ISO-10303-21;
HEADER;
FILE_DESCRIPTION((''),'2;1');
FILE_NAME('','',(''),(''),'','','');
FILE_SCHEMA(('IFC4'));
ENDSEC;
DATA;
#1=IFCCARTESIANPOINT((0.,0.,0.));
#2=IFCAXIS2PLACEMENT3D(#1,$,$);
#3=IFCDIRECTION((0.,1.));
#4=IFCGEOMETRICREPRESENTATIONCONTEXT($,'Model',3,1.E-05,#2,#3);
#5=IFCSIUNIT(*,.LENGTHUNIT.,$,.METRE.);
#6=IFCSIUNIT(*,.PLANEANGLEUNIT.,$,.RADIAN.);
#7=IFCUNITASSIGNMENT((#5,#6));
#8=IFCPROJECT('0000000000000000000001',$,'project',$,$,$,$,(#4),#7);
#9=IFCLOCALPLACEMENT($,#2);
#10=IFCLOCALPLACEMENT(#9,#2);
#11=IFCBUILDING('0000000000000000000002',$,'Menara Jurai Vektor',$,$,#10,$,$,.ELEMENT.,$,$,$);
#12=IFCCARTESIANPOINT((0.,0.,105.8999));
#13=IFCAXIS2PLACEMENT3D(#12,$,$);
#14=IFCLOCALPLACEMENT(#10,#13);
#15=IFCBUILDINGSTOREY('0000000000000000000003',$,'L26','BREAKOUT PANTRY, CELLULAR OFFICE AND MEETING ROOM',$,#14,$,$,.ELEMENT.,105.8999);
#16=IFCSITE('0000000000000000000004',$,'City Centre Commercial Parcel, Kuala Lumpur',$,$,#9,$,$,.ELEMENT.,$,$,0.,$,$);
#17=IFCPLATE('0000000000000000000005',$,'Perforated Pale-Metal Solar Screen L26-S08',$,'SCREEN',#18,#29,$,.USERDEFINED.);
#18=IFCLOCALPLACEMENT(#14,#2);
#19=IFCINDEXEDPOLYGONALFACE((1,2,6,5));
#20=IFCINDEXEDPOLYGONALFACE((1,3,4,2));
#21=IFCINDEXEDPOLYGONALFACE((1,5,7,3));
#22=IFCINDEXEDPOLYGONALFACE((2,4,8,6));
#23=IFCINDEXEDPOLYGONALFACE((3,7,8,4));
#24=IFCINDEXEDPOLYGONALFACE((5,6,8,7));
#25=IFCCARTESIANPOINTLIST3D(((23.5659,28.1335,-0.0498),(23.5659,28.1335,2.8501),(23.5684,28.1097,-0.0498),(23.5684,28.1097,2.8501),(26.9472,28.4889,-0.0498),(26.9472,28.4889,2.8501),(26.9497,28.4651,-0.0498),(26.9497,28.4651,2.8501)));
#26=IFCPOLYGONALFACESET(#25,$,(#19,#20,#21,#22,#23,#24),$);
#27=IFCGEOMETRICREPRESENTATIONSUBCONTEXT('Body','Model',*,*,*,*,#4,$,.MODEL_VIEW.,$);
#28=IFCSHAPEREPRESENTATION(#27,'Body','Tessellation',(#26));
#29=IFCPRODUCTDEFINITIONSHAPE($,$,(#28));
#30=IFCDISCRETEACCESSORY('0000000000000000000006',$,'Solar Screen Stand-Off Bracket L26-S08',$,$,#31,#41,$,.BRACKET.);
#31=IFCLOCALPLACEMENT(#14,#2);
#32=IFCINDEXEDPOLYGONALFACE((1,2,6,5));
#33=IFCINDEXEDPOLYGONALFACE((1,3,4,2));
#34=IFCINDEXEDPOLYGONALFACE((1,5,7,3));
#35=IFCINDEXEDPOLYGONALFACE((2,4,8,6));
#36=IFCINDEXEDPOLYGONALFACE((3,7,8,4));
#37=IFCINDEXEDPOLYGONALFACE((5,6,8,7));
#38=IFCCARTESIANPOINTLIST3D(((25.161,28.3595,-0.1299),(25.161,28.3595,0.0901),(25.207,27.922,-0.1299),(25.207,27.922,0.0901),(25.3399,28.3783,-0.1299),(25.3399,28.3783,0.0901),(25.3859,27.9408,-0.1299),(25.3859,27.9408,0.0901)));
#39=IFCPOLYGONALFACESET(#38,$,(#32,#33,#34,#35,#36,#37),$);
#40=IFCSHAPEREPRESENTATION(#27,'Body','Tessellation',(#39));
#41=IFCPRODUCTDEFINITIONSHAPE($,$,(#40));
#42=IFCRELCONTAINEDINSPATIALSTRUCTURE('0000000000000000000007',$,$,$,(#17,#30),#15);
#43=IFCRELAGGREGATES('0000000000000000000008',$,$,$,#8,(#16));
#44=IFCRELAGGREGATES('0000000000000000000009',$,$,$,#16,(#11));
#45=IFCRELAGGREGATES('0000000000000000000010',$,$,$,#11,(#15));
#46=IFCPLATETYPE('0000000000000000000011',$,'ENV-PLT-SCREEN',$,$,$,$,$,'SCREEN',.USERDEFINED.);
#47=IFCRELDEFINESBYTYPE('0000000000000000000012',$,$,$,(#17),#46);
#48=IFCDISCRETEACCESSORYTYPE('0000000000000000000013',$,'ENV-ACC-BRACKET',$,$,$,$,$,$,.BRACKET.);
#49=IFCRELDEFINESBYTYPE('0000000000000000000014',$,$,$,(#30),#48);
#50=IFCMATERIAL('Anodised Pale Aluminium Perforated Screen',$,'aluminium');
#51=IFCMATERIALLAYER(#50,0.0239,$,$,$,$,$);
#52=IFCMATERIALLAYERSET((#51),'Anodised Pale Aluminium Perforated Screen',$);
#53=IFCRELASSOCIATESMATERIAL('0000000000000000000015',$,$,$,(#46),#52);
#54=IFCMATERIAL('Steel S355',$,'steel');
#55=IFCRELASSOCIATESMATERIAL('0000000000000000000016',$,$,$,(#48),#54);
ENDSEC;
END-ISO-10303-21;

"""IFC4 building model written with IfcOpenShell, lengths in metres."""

from ifc_helpers import new_model, si_unit, direction, frame, origin, origin_2d, place, context, subcontext, project, spatial, rectangle, extrude, material, layer, layer_set, type_object, element, save


model = new_model("IFC4")

# Units and contexts
model_context = context("Model", 3, precision=1e-05, world=origin(), true_north=direction((0.0, 1.0)))
body_context = subcontext(model_context, "Body", "Model", "MODEL_VIEW")
ifc_project = project(units=[si_unit("LENGTHUNIT", "METRE"), si_unit("PLANEANGLEUNIT", "RADIAN")], contexts=[model_context])

# Site, building, storey
site_placement = place(None, origin())
site = spatial("IfcSite", under=ifc_project, at=site_placement, Name="City Centre Commercial Parcel, Kuala Lumpur", CompositionType="ELEMENT", RefElevation=0.0)
building_placement = place(site_placement, origin())
building = spatial("IfcBuilding", under=site, at=building_placement, Name="Menara Jurai Vektor", CompositionType="ELEMENT")
storey_placement = place(building_placement, frame((0.0, 0.0, 105.8999)))
storey = spatial("IfcBuildingStorey", under=building, at=storey_placement, Name="L26", Description="BREAKOUT PANTRY, CELLULAR OFFICE AND MEETING ROOM", CompositionType="ELEMENT", Elevation=105.8999)

# Shared definitions
ifc_material_1 = material(Name="Steel S355", Category="steel")

# Plate
ifc_material_2 = material(Name="Anodised Pale Aluminium Perforated Screen", Category="aluminium")
ifc_layer_1 = layer(ifc_material_2, 0.0239)
ifc_layer_set_1 = layer_set([ifc_layer_1], Name="Anodised Pale Aluminium Perforated Screen")
plate_type_1 = type_object("IfcPlateType", Name="ENV-PLT-SCREEN", ElementType="SCREEN", PredefinedType="USERDEFINED", material=ifc_layer_set_1)
plate_1_placement = place(storey_placement, frame((25.2578, 28.2993, -0.0498), z_axis=(0.0, 0.0, 1.0), x_axis=(-0.994522, -0.104528, 0.0)))
element("IfcPlate", 1, at=plate_1_placement, inside=storey, type_object=plate_type_1, Name="Perforated Pale-Metal Solar Screen L26-S08", ObjectType="SCREEN", PredefinedType="USERDEFINED", context=body_context, shape_type="SweptSolid", body=[
    extrude(rectangle(XDim=3.3999, YDim=0.0239, at=origin_2d()), origin(), (0.0, 0.0, 1.0), 2.8999),
])

# Discrete accessory
discrete_accessory_type = type_object("IfcDiscreteAccessoryType", Name="ENV-ACC-BRACKET", PredefinedType="BRACKET", material=ifc_material_1)
discrete_accessory_placement = place(storey_placement, frame((25.2734, 28.1501, -0.1299), z_axis=(0.0, 0.0, 1.0), x_axis=(-0.994522, -0.104528, 0.0)))
element("IfcDiscreteAccessory", 2, at=discrete_accessory_placement, inside=storey, type_object=discrete_accessory_type, Name="Solar Screen Stand-Off Bracket L26-S08", PredefinedType="BRACKET", context=body_context, shape_type="SweptSolid", body=[
    extrude(rectangle(XDim=0.1799, YDim=0.4399, at=origin_2d()), origin(), (0.0, 0.0, 1.0), 0.22),
])

save(model, "model.ifc")
